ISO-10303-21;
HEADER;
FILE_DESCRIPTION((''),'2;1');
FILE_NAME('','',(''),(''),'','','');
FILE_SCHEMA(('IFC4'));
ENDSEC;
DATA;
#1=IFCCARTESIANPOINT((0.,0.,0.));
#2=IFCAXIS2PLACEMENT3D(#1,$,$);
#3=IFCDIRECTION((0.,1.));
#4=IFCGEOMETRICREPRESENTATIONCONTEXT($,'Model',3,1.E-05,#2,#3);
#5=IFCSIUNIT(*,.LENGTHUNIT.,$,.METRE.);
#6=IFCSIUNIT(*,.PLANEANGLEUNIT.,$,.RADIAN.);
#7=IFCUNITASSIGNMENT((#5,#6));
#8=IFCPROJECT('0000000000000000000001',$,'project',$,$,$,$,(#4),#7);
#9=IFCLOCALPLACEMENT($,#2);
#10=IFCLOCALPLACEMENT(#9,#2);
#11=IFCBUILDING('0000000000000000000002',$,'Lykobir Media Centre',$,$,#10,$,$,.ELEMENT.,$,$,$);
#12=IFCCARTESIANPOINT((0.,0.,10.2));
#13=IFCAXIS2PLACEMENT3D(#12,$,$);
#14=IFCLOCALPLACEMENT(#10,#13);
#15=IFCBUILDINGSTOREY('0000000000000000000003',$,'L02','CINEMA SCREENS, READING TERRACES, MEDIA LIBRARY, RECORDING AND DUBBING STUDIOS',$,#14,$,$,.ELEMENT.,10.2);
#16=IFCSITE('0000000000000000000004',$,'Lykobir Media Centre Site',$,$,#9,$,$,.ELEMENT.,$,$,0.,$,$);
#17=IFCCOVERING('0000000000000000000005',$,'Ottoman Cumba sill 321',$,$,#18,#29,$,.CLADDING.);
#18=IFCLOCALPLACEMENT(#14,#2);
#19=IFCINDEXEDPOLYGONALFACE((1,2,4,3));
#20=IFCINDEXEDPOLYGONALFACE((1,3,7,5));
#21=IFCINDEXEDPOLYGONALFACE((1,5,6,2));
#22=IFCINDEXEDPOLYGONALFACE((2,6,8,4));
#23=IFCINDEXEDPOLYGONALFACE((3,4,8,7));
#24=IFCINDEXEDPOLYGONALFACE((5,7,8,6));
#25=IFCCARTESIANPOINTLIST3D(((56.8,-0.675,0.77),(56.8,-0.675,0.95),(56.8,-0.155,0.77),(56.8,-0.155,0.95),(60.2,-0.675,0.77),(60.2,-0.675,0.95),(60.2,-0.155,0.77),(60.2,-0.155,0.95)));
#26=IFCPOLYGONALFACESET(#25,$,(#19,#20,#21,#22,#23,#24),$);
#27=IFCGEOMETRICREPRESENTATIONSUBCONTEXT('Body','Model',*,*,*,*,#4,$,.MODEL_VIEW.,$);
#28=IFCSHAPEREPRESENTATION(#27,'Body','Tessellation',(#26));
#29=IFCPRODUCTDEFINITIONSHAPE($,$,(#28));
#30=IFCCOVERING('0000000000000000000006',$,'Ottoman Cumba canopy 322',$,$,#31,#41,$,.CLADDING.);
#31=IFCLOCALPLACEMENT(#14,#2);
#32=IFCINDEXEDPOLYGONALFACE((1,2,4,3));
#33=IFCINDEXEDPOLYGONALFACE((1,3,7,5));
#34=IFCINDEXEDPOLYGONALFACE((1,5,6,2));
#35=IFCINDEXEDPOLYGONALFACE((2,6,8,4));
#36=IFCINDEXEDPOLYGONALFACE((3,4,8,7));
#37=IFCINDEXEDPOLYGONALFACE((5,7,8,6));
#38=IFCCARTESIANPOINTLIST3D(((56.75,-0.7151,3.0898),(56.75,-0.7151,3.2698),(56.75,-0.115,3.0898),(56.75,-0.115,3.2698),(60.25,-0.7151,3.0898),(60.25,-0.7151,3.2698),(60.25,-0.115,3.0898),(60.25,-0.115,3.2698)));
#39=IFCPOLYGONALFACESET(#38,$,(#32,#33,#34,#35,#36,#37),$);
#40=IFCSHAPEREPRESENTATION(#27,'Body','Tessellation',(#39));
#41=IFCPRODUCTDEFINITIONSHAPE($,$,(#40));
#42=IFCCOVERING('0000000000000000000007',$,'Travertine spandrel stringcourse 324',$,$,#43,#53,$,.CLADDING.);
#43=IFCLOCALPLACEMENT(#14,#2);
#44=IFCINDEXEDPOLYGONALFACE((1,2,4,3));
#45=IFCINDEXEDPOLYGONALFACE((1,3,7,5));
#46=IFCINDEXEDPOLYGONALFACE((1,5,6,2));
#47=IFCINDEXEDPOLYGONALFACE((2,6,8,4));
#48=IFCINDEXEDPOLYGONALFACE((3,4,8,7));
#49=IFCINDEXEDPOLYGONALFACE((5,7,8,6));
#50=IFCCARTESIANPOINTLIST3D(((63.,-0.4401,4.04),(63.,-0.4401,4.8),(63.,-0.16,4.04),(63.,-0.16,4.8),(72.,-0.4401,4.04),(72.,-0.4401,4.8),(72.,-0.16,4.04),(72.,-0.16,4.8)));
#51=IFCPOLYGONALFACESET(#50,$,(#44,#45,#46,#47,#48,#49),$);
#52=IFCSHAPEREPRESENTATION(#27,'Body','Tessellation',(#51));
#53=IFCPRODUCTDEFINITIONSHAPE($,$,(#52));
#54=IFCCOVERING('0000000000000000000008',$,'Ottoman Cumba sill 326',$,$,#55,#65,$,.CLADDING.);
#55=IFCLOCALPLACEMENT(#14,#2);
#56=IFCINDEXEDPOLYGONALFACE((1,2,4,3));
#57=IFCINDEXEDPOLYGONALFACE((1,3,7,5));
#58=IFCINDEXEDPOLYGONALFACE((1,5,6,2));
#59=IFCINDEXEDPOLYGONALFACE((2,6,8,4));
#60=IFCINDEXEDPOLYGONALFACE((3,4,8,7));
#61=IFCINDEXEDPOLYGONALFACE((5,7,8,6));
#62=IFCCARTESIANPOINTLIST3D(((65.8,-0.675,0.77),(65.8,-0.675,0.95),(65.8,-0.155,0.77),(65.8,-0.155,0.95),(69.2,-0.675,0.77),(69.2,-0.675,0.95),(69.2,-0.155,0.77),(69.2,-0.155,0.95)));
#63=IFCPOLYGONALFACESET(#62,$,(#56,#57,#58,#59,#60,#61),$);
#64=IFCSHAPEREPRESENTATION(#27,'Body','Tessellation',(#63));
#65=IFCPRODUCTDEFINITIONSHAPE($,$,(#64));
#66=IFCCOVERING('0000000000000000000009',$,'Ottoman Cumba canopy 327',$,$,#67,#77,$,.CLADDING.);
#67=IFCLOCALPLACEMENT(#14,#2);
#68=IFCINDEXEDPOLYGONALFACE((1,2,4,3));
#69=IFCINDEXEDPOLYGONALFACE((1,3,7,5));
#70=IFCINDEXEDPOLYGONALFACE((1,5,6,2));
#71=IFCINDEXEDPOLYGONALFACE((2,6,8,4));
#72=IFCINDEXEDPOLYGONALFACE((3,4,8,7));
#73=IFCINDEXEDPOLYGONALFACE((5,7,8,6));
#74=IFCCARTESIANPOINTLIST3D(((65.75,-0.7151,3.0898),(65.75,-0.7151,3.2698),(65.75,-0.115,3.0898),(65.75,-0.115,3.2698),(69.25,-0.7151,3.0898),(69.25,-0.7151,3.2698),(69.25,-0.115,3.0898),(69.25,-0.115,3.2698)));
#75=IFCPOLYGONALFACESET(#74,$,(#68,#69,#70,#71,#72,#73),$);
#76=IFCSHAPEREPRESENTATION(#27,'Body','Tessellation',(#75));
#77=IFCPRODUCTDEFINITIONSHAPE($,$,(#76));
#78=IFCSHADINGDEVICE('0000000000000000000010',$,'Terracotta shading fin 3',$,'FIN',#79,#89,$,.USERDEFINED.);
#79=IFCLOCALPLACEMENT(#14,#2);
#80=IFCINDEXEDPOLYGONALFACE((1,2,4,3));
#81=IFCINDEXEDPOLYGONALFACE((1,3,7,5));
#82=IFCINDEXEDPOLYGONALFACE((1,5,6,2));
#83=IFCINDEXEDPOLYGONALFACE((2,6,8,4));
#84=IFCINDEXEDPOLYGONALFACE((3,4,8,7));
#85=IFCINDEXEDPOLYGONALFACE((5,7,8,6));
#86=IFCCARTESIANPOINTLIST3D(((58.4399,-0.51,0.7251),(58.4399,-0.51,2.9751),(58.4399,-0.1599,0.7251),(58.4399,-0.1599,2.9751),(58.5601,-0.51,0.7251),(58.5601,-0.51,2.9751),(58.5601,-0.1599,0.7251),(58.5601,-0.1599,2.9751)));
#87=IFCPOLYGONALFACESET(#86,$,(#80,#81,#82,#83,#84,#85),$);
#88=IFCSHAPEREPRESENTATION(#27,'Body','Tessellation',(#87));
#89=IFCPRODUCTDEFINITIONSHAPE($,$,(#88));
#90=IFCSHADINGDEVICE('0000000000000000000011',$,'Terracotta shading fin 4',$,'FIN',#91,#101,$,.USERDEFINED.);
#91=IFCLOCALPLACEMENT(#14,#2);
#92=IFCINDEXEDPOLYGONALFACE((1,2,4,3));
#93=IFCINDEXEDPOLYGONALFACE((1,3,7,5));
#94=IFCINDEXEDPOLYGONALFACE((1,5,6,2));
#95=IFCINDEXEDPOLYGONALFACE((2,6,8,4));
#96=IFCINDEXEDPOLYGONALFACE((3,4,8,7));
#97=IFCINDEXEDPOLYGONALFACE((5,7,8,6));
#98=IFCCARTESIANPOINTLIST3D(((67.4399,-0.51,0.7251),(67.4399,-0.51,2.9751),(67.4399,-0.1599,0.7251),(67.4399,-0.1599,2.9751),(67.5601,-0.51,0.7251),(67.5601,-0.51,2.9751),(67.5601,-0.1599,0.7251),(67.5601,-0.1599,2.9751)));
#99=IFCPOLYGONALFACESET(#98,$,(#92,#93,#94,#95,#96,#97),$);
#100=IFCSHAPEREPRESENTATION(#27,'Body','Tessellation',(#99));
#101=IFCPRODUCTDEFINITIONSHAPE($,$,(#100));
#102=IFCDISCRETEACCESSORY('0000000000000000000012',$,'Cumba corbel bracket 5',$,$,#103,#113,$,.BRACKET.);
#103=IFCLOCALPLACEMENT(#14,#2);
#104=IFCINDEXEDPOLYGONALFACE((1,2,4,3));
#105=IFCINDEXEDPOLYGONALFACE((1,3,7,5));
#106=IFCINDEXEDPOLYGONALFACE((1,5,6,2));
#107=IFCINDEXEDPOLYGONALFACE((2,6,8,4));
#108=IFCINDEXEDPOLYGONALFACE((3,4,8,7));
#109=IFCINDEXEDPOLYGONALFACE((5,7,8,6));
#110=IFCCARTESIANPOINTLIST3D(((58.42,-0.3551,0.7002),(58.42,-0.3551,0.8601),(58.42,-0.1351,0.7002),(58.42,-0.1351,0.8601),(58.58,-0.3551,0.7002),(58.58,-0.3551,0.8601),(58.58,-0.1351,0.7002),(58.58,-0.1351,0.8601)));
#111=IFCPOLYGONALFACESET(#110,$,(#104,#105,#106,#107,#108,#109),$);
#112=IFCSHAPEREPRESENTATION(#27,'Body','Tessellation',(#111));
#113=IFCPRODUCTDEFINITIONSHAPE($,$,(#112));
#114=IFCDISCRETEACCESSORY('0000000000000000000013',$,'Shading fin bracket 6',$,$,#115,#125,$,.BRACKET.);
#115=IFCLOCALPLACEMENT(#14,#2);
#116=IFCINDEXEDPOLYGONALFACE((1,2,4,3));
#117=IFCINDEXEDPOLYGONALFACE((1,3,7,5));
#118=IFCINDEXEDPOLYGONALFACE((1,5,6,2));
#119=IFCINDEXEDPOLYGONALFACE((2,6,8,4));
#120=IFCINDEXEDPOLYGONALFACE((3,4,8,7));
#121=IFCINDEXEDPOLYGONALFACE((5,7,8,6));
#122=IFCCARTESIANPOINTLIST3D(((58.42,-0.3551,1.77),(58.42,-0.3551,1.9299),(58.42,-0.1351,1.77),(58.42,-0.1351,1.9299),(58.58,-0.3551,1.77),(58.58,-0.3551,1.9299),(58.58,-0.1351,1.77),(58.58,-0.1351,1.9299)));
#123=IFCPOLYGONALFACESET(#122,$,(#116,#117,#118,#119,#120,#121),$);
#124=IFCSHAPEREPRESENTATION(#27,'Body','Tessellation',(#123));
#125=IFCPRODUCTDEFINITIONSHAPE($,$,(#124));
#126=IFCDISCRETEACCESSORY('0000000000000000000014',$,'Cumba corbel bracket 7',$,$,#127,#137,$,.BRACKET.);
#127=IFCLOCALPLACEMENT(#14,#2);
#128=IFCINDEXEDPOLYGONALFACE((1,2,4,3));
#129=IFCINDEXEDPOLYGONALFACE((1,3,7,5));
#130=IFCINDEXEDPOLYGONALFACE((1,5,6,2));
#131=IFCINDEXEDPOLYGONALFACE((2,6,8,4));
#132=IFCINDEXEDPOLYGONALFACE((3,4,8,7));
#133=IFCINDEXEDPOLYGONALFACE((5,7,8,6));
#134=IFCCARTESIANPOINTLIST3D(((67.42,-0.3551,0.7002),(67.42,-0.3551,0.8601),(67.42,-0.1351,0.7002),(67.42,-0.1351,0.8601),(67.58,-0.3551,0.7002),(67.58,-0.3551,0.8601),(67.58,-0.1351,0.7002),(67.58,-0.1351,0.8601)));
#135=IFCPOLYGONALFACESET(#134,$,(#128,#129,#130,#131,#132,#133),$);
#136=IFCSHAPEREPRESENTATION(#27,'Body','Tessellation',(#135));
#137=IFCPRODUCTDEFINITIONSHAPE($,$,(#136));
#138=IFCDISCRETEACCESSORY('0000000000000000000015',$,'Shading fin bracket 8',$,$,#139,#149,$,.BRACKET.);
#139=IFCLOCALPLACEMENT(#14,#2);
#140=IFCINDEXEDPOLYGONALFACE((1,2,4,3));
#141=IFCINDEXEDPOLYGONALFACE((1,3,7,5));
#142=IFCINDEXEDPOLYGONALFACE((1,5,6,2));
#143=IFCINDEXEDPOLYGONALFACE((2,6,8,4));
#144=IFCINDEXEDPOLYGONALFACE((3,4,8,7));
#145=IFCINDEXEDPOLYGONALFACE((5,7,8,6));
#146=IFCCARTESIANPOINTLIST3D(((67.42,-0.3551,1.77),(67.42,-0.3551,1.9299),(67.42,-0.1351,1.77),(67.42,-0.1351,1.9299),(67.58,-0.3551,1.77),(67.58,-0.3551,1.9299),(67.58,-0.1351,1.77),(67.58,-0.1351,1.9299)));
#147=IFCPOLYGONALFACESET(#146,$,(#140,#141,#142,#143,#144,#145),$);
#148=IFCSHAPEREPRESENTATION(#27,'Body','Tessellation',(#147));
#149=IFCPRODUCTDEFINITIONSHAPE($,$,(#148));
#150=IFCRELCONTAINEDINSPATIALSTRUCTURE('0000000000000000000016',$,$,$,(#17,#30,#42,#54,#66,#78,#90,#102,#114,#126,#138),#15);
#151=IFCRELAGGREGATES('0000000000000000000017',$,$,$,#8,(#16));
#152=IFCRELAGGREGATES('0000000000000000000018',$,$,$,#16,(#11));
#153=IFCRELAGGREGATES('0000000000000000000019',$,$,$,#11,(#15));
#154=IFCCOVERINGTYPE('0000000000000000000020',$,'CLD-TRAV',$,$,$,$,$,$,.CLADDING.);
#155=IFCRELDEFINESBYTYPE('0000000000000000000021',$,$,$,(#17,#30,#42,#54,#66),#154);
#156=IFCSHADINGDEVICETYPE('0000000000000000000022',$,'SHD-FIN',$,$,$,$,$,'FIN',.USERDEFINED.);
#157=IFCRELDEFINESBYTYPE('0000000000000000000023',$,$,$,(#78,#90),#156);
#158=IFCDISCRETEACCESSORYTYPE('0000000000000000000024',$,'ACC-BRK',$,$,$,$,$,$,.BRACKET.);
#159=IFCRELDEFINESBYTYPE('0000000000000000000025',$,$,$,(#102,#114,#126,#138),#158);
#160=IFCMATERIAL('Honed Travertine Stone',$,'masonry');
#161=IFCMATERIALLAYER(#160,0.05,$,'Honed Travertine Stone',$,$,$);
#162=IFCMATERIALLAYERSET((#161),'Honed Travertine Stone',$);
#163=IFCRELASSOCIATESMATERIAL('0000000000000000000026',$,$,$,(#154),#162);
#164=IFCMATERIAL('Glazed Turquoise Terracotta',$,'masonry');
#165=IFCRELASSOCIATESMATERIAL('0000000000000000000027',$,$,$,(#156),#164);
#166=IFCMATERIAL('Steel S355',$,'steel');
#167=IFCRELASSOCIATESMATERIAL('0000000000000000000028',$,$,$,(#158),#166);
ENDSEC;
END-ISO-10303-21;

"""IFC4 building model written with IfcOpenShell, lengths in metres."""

from ifc_helpers import new_model, si_unit, direction, frame, origin, origin_2d, place, context, subcontext, project, spatial, rectangle, extrude, material, layer, layer_set, type_object, element, save


model = new_model("IFC4")

# Units and contexts
model_context = context("Model", 3, precision=1e-05, world=origin(), true_north=direction((0.0, 1.0)))
body_context = subcontext(model_context, "Body", "Model", "MODEL_VIEW")
ifc_project = project(units=[si_unit("LENGTHUNIT", "METRE"), si_unit("PLANEANGLEUNIT", "RADIAN")], contexts=[model_context])

# Site, building, storey
site_placement = place(None, origin())
site = spatial("IfcSite", under=ifc_project, at=site_placement, Name="Lykobir Media Centre Site", CompositionType="ELEMENT", RefElevation=0.0)
building_placement = place(site_placement, origin())
building = spatial("IfcBuilding", under=site, at=building_placement, Name="Lykobir Media Centre", CompositionType="ELEMENT")
storey_placement = place(building_placement, frame((0.0, 0.0, 10.2)))
storey = spatial("IfcBuildingStorey", under=building, at=storey_placement, Name="L02", Description="CINEMA SCREENS, READING TERRACES, MEDIA LIBRARY, RECORDING AND DUBBING STUDIOS", CompositionType="ELEMENT", Elevation=10.2)

# Shared definitions
ifc_material_1 = material(Name="Steel S355", Category="steel")

# Coverings
ifc_material_2 = material(Name="Glazed Turquoise Terracotta", Category="masonry")
ifc_material_3 = material(Name="Honed Travertine Stone", Category="masonry")
ifc_layer_1 = layer(ifc_material_3, 0.05, Name="Honed Travertine Stone")
ifc_layer_set_1 = layer_set([ifc_layer_1], Name="Honed Travertine Stone")
covering_type_1 = type_object("IfcCoveringType", Name="CLD-TRAV", PredefinedType="CLADDING", material=ifc_layer_set_1)
covering_1_placement = place(storey_placement, frame((58.5, -0.415, 0.77), z_axis=(0.0, 0.0, 1.0), x_axis=(1.0, 0.0, 0.0)))
element("IfcCovering", 1, at=covering_1_placement, inside=storey, type_object=covering_type_1, Name="Ottoman Cumba sill 321", PredefinedType="CLADDING", context=body_context, shape_type="SweptSolid", body=[
    extrude(rectangle(XDim=3.3999, YDim=0.52, at=origin_2d()), origin(), (0.0, 0.0, 1.0), 0.1799),
])
covering_2_placement = place(storey_placement, frame((58.5, -0.415, 3.0898), z_axis=(0.0, 0.0, 1.0), x_axis=(1.0, 0.0, 0.0)))
element("IfcCovering", 2, at=covering_2_placement, inside=storey, type_object=covering_type_1, Name="Ottoman Cumba canopy 322", PredefinedType="CLADDING", context=body_context, shape_type="SweptSolid", body=[
    extrude(rectangle(XDim=3.5, YDim=0.6001, at=origin_2d()), origin(), (0.0, 0.0, 1.0), 0.1799),
])
covering_3_placement = place(storey_placement, frame((67.5, -0.3, 4.04), z_axis=(0.0, 0.0, 1.0), x_axis=(1.0, 0.0, 0.0)))
element("IfcCovering", 3, at=covering_3_placement, inside=storey, type_object=covering_type_1, Name="Travertine spandrel stringcourse 324", PredefinedType="CLADDING", context=body_context, shape_type="SweptSolid", body=[
    extrude(rectangle(XDim=9.0, YDim=0.28, at=origin_2d()), origin(), (0.0, 0.0, 1.0), 0.76),
])
covering_4_placement = place(storey_placement, frame((67.5, -0.415, 0.77), z_axis=(0.0, 0.0, 1.0), x_axis=(1.0, 0.0, 0.0)))
element("IfcCovering", 4, at=covering_4_placement, inside=storey, type_object=covering_type_1, Name="Ottoman Cumba sill 326", PredefinedType="CLADDING", context=body_context, shape_type="SweptSolid", body=[
    extrude(rectangle(XDim=3.3999, YDim=0.52, at=origin_2d()), origin(), (0.0, 0.0, 1.0), 0.1799),
])
covering_5_placement = place(storey_placement, frame((67.5, -0.415, 3.0898), z_axis=(0.0, 0.0, 1.0), x_axis=(1.0, 0.0, 0.0)))
element("IfcCovering", 5, at=covering_5_placement, inside=storey, type_object=covering_type_1, Name="Ottoman Cumba canopy 327", PredefinedType="CLADDING", context=body_context, shape_type="SweptSolid", body=[
    extrude(rectangle(XDim=3.5, YDim=0.6001, at=origin_2d()), origin(), (0.0, 0.0, 1.0), 0.1799),
])

# Shading devices
shading_device_type = type_object("IfcShadingDeviceType", Name="SHD-FIN", ElementType="FIN", PredefinedType="USERDEFINED", material=ifc_material_2)
for number, where, z_axis, x_axis, name in (
    (6, (58.5, -0.335, 0.7251), (0.0, 0.0, 1.0), (1.0, 0.0, 0.0), "Terracotta shading fin 3"),
    (7, (67.5, -0.335, 0.7251), (0.0, 0.0, 1.0), (1.0, 0.0, 0.0), "Terracotta shading fin 4"),
):
    element("IfcShadingDevice", number, at=place(storey_placement, frame(where, z_axis=z_axis, x_axis=x_axis)), inside=storey, type_object=shading_device_type, Name=name, ObjectType="FIN", PredefinedType="USERDEFINED", context=body_context, shape_type="SweptSolid", body=[
        extrude(rectangle(XDim=0.1201, YDim=0.3501, at=origin_2d()), origin(), (0.0, 0.0, 1.0), 2.25),
    ])

# Discrete accessories
discrete_accessory_type = type_object("IfcDiscreteAccessoryType", Name="ACC-BRK", PredefinedType="BRACKET", material=ifc_material_1)
for number, where, z_axis, x_axis, name in (
    (8, (58.5, -0.2451, 0.7002), (0.0, 0.0, 1.0), (1.0, 0.0, 0.0), "Cumba corbel bracket 5"),
    (9, (58.5, -0.2451, 1.77), (0.0, 0.0, 1.0), (1.0, 0.0, 0.0), "Shading fin bracket 6"),
    (10, (67.5, -0.2451, 0.7002), (0.0, 0.0, 1.0), (1.0, 0.0, 0.0), "Cumba corbel bracket 7"),
    (11, (67.5, -0.2451, 1.77), (0.0, 0.0, 1.0), (1.0, 0.0, 0.0), "Shading fin bracket 8"),
):
    element("IfcDiscreteAccessory", number, at=place(storey_placement, frame(where, z_axis=z_axis, x_axis=x_axis)), inside=storey, type_object=discrete_accessory_type, Name=name, PredefinedType="BRACKET", context=body_context, shape_type="SweptSolid", body=[
        extrude(rectangle(XDim=0.1599, YDim=0.22, at=origin_2d()), origin(), (0.0, 0.0, 1.0), 0.1599),
    ])

save(model, "model.ifc")
